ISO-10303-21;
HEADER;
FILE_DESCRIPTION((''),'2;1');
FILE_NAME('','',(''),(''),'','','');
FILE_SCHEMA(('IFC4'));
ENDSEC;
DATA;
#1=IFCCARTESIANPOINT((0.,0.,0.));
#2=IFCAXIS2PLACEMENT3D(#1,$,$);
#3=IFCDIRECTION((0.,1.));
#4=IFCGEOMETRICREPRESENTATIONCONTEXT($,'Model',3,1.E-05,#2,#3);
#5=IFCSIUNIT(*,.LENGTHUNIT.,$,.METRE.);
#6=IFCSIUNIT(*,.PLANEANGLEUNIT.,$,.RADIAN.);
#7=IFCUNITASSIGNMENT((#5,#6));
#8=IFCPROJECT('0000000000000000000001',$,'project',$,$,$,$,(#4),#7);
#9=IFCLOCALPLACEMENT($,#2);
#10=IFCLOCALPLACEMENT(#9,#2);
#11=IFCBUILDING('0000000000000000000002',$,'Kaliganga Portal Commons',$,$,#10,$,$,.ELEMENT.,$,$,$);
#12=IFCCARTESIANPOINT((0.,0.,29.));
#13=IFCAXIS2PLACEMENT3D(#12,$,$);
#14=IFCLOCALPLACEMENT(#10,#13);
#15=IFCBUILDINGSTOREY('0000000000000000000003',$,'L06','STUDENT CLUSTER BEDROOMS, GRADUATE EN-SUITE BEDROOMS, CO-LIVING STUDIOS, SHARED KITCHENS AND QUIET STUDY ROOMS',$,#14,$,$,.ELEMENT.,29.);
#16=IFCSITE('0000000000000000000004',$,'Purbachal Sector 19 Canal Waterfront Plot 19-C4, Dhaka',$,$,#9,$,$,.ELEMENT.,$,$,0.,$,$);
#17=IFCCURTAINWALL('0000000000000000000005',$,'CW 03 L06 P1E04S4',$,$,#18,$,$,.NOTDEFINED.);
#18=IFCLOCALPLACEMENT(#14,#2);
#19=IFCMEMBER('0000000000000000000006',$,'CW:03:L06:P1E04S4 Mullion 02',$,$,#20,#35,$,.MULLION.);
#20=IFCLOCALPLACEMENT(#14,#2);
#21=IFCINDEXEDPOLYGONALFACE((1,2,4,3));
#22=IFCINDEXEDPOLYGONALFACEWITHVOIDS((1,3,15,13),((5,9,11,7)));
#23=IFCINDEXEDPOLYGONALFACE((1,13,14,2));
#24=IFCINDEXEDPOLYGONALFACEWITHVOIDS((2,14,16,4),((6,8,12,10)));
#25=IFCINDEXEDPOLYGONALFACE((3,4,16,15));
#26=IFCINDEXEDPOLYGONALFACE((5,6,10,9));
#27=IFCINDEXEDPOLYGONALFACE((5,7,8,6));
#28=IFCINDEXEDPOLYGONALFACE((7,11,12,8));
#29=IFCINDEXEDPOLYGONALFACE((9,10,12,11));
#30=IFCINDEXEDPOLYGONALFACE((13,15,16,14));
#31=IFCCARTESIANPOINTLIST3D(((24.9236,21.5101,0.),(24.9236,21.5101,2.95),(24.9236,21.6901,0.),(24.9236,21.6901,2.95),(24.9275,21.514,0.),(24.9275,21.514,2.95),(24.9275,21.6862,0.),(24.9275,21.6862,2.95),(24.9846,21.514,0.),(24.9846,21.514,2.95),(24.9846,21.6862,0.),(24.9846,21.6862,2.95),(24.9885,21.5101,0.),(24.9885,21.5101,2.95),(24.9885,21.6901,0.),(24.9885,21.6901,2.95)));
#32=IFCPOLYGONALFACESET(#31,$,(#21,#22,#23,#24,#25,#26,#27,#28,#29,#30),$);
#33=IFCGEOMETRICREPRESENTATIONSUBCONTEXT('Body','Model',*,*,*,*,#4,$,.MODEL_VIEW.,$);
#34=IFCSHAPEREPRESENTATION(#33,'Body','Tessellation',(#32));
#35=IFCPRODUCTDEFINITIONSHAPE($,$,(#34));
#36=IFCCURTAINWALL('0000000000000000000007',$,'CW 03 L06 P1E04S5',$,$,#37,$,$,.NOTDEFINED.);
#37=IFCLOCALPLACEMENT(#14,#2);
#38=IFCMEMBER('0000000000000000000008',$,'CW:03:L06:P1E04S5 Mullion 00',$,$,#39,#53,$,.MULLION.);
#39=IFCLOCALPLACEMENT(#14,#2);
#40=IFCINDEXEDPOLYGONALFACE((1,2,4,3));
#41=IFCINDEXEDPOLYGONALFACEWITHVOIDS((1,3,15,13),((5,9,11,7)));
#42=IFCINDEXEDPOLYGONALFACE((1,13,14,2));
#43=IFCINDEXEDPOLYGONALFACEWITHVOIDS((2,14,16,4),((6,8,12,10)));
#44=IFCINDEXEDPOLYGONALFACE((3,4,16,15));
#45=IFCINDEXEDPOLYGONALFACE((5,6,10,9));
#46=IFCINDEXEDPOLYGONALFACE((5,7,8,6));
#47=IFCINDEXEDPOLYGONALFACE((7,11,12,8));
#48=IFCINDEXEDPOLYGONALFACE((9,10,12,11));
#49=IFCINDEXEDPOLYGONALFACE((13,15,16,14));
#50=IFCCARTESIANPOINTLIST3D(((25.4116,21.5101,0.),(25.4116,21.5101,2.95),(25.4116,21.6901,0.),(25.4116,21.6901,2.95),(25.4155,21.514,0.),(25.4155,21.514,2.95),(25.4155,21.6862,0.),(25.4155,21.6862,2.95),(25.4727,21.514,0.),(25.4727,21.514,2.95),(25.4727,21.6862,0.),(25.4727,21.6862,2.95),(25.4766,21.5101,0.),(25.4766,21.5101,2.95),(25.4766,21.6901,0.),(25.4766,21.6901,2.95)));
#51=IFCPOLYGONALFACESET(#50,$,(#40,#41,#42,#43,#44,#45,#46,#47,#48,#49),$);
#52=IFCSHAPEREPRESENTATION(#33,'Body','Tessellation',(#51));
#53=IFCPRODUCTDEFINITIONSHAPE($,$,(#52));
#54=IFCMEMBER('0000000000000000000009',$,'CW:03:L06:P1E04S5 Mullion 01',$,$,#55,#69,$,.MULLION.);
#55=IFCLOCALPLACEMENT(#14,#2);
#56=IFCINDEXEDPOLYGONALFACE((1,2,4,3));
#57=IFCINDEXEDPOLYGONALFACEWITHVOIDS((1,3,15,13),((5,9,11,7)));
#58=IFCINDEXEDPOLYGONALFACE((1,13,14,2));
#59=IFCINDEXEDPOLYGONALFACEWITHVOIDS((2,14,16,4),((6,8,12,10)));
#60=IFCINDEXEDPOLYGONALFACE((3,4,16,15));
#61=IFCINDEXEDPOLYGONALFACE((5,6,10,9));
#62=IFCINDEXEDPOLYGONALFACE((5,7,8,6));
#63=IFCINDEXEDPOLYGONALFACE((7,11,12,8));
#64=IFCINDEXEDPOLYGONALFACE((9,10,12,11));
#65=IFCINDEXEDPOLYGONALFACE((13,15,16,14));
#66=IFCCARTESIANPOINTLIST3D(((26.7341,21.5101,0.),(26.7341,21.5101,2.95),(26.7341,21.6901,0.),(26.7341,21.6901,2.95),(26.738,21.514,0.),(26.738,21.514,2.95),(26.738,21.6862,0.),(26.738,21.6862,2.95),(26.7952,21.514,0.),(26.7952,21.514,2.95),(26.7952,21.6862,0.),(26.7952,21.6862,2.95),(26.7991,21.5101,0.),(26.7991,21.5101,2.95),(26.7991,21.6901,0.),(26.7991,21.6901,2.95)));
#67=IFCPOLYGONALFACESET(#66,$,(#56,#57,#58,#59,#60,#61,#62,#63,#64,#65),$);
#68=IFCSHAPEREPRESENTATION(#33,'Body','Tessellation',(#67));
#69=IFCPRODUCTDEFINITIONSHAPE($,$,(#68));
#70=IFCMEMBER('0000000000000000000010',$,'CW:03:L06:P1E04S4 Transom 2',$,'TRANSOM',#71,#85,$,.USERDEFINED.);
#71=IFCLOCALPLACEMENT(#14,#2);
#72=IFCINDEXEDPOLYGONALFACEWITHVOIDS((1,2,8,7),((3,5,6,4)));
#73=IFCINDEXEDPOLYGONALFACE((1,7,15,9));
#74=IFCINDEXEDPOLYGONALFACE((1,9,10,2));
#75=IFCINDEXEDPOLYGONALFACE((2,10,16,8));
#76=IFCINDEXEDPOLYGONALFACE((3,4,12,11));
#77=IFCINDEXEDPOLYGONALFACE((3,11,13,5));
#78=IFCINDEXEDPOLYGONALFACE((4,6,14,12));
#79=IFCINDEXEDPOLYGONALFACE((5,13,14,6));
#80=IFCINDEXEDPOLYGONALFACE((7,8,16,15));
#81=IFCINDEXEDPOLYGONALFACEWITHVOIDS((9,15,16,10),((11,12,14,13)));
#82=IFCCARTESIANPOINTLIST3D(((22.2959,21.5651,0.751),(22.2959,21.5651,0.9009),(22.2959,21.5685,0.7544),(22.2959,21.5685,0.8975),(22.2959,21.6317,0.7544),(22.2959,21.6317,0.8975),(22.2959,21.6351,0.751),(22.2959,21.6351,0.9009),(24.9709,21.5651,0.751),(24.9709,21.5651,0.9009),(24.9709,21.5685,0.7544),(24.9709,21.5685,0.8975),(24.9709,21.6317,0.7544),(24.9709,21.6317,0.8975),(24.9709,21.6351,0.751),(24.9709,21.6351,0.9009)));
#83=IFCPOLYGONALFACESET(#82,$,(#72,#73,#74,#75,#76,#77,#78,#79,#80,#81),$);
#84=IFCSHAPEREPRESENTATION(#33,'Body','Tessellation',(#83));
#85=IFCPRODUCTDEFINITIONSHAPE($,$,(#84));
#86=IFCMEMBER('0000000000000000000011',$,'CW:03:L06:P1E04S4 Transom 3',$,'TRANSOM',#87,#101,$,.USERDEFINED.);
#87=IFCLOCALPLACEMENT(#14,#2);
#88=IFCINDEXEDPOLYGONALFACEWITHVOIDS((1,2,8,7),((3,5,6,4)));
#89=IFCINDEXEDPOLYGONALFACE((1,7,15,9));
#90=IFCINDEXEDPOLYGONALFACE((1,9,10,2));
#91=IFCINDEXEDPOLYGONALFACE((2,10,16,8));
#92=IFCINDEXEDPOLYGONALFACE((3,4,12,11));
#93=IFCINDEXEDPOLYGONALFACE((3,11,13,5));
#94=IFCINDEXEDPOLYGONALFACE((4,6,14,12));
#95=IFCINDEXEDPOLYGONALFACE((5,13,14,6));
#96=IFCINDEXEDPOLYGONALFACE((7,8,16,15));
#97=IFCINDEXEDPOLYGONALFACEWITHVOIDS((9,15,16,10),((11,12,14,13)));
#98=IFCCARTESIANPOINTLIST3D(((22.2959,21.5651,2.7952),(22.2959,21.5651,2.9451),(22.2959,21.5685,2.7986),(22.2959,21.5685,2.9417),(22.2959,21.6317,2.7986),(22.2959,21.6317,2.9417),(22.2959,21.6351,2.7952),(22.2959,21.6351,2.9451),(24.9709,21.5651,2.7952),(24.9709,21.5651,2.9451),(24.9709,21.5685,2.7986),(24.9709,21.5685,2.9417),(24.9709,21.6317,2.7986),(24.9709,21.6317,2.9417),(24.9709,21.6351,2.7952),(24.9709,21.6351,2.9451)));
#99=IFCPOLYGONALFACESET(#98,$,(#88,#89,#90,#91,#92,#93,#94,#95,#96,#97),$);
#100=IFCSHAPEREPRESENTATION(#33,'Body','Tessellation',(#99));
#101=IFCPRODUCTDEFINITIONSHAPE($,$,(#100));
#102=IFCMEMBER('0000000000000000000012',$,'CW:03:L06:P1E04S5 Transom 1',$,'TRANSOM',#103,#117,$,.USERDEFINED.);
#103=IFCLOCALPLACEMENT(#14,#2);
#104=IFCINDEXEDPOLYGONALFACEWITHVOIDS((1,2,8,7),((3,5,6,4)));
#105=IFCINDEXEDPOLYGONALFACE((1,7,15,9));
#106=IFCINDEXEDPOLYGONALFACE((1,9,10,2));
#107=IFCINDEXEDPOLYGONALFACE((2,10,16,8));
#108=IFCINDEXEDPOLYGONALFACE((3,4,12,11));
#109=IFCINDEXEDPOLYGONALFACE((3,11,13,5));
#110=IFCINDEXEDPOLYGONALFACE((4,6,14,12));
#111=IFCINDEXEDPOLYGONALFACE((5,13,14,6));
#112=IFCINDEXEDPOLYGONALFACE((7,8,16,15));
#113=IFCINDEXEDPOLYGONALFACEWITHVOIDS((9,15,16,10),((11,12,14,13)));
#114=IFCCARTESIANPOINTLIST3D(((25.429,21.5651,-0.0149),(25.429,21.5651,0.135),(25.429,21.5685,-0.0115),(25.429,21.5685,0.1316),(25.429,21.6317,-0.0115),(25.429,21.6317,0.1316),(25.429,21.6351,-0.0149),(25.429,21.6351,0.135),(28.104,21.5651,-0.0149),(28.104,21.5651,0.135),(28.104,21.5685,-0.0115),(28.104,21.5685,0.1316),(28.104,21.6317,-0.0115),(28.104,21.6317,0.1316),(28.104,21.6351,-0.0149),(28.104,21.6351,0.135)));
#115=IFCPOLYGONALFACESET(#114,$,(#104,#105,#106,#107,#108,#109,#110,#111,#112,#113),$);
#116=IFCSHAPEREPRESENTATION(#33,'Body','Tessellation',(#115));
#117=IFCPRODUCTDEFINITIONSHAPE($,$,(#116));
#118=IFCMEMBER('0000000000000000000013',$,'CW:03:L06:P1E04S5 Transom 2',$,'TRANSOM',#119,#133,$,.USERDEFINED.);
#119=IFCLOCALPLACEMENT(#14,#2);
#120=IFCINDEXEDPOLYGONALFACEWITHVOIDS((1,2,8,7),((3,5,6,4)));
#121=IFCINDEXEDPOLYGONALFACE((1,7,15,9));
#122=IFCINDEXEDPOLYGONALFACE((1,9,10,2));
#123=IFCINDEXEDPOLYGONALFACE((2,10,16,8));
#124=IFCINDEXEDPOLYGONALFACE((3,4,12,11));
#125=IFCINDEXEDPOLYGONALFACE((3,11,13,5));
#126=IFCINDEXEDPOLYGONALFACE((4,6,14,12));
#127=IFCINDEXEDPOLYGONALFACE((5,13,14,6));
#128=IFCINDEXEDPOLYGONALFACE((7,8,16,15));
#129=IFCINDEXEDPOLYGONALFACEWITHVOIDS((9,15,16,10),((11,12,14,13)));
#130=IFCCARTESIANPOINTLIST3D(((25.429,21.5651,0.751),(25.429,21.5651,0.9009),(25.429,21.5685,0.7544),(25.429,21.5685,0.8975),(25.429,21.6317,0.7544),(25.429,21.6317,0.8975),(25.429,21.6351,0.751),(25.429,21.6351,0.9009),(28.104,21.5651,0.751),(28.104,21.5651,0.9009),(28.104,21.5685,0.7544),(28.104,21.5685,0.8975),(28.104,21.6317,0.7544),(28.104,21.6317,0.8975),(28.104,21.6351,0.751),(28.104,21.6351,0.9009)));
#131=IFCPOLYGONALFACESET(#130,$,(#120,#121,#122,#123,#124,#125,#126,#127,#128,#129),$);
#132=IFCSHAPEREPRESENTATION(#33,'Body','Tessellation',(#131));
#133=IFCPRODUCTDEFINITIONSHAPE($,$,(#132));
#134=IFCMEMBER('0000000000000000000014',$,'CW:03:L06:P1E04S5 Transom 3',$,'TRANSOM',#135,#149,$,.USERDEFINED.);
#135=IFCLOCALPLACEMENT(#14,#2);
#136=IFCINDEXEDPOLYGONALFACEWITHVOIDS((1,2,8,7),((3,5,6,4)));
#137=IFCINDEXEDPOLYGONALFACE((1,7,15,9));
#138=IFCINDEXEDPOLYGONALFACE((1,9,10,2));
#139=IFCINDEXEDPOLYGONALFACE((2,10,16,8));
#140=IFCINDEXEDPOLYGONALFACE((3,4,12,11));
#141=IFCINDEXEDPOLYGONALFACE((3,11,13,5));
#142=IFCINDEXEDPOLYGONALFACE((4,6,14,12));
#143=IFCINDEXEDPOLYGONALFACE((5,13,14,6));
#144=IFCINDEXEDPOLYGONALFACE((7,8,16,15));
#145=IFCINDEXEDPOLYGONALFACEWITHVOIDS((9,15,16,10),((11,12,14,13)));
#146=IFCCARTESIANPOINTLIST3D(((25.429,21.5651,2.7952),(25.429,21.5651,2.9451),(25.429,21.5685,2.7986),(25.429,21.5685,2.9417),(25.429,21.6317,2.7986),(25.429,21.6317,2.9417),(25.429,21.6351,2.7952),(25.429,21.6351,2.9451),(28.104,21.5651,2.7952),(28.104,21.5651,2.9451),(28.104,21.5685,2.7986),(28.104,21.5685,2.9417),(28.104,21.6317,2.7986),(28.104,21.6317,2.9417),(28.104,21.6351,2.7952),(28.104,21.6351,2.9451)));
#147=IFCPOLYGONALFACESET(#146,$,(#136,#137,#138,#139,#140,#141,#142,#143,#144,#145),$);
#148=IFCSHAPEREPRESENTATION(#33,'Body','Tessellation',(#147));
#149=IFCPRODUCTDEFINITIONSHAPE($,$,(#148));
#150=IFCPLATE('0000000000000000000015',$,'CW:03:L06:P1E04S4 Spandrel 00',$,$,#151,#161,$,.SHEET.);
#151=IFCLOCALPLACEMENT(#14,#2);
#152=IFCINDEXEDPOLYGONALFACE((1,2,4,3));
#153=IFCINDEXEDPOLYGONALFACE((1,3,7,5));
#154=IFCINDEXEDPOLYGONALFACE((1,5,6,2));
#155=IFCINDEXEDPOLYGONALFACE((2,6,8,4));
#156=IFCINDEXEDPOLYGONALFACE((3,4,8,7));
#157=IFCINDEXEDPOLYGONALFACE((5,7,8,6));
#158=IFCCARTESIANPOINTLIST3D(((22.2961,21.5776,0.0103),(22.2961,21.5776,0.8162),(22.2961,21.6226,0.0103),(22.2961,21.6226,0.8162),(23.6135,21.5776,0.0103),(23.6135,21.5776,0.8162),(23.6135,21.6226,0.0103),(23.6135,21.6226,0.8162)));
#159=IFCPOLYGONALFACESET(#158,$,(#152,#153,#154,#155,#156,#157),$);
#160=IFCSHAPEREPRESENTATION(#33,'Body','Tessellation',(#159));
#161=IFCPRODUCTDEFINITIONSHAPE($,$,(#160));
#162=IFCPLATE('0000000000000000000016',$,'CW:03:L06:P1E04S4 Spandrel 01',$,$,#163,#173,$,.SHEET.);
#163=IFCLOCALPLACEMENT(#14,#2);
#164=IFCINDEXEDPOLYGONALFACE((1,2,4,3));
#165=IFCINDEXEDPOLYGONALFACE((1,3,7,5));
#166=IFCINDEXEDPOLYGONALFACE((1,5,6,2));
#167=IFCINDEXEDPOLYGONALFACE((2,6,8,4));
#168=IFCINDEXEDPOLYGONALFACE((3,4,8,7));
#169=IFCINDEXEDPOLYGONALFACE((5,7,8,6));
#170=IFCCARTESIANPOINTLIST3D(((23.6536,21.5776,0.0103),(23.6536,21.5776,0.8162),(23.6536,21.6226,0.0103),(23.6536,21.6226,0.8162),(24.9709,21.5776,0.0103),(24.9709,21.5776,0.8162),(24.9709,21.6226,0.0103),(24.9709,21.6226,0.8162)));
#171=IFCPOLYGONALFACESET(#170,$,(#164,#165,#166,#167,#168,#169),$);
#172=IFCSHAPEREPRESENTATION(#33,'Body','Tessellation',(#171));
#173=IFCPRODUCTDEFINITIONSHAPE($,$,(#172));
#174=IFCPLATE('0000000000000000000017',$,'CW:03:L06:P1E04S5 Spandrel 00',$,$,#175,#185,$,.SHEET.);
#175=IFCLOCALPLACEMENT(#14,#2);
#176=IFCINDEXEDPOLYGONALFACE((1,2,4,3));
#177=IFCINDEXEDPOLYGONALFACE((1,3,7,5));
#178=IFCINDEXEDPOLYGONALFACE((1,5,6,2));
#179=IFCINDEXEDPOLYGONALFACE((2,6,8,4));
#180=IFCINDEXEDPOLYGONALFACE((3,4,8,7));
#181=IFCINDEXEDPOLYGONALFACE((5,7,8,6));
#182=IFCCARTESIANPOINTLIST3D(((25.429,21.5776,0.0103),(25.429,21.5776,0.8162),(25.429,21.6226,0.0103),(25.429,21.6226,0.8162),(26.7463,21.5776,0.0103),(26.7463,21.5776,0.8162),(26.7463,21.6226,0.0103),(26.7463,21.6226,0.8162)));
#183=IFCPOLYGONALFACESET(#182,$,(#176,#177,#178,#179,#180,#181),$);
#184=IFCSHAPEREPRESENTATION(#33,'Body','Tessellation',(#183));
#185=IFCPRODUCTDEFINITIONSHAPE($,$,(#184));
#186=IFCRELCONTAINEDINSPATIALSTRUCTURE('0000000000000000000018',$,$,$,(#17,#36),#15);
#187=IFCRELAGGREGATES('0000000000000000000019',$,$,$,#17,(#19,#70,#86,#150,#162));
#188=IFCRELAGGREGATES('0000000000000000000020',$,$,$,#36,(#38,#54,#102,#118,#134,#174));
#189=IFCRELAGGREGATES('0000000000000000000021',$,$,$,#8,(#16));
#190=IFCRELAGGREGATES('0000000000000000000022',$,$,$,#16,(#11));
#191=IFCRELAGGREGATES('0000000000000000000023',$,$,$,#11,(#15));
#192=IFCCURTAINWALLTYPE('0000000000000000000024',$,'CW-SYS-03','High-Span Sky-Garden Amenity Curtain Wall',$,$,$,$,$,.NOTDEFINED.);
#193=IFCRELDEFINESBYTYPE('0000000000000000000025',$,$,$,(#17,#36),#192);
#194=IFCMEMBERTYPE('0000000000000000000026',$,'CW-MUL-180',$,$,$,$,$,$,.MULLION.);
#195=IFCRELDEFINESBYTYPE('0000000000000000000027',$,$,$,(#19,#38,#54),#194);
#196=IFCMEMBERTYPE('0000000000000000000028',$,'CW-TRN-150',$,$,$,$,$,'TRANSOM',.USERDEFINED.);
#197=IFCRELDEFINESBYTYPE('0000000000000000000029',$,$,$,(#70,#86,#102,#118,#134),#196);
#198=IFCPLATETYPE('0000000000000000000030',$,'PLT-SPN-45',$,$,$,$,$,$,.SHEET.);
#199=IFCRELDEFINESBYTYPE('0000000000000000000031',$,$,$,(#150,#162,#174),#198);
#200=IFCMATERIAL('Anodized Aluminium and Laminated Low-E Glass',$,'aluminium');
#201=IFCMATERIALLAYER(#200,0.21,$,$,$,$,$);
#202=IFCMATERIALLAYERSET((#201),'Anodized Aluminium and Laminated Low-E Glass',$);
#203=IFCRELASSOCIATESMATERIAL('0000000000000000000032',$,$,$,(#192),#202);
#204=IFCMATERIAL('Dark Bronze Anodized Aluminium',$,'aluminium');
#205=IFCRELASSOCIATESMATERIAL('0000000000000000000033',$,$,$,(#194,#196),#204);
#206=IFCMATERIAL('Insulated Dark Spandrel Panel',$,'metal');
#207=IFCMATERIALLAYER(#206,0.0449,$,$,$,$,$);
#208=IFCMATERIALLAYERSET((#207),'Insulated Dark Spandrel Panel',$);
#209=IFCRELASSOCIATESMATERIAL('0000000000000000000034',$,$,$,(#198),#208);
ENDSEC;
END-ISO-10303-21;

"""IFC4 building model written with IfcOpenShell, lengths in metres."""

from ifc_helpers import new_model, si_unit, direction, frame, origin, origin_2d, place, context, subcontext, project, spatial, rectangle, hollow_rectangle, extrude, source, transform, mapped, material, layer, layer_set, material_profile, profile_set, type_object, element, aggregate, save


model = new_model("IFC4")

# Units and contexts
model_context = context("Model", 3, precision=1e-05, world=origin(), true_north=direction((0.0, 1.0)))
body_context = subcontext(model_context, "Body", "Model", "MODEL_VIEW")
ifc_project = project(units=[si_unit("LENGTHUNIT", "METRE"), si_unit("PLANEANGLEUNIT", "RADIAN")], contexts=[model_context])

# Site, building, storey
site_placement = place(None, origin())
site = spatial("IfcSite", under=ifc_project, at=site_placement, Name="Purbachal Sector 19 Canal Waterfront Plot 19-C4, Dhaka", CompositionType="ELEMENT", RefElevation=0.0)
building_placement = place(site_placement, origin())
building = spatial("IfcBuilding", under=site, at=building_placement, Name="Kaliganga Portal Commons", CompositionType="ELEMENT")
storey_placement = place(building_placement, frame((0.0, 0.0, 29.0)))
storey = spatial("IfcBuildingStorey", under=building, at=storey_placement, Name="L06", Description="STUDENT CLUSTER BEDROOMS, GRADUATE EN-SUITE BEDROOMS, CO-LIVING STUDIOS, SHARED KITCHENS AND QUIET STUDY ROOMS", CompositionType="ELEMENT", Elevation=29.0)

# Curtain walls, members
ifc_material_1 = material(Name="Anodized Aluminium and Laminated Low-E Glass", Category="aluminium")
ifc_layer_1 = layer(ifc_material_1, 0.21)
ifc_layer_set_1 = layer_set([ifc_layer_1], Name="Anodized Aluminium and Laminated Low-E Glass")
curtain_wall_type = type_object("IfcCurtainWallType", Name="CW-SYS-03", Description="High-Span Sky-Garden Amenity Curtain Wall", PredefinedType="NOTDEFINED", material=ifc_layer_set_1)
curtain_wall_1_placement = place(storey_placement, origin())
curtain_wall_1 = element("IfcCurtainWall", 1, at=curtain_wall_1_placement, inside=storey, type_object=curtain_wall_type, Name="CW 03 L06 P1E04S4", PredefinedType="NOTDEFINED")
ifc_material_2 = material(Name="Dark Bronze Anodized Aluminium", Category="aluminium")
ifc_material_profile_1 = material_profile(ifc_material_2, hollow_rectangle(XDim=0.0649, YDim=0.1799, WallThickness=0.0039, at=origin_2d()), Name="ALU MULL 65x180x4")
ifc_profile_set_1 = profile_set([ifc_material_profile_1], Name="Dark Bronze Anodized Aluminium")
member_type_1 = type_object("IfcMemberType", Name="CW-MUL-180", PredefinedType="MULLION", material=ifc_profile_set_1)
shared_shape_1 = source(origin(), body_context, "Body", "SweptSolid", [
    extrude(hollow_rectangle(XDim=0.0649, YDim=0.1799, WallThickness=0.0039, at=origin_2d()), origin(), (0.0, 0.0, 1.0), 2.95),
])
member_1_placement = place(storey_placement, frame((24.9561, 21.6001, 0.0), z_axis=(0.0, 0.0, 1.0), x_axis=(1.0, 0.0, 0.0)))
member_1 = element("IfcMember", 2, at=member_1_placement, type_object=member_type_1, Name="CW:03:L06:P1E04S4 Mullion 02", PredefinedType="MULLION", context=body_context, shape_type="MappedRepresentation", body=[
    mapped(shared_shape_1, transform((0.0, 0.0, 0.0), x_axis=(1.0, 0.0, 0.0), y_axis=(0.0, 1.0, 0.0), z_axis=(0.0, 0.0, 1.0), scale=1.0)),
])
curtain_wall_2_placement = place(storey_placement, origin())
curtain_wall_2 = element("IfcCurtainWall", 3, at=curtain_wall_2_placement, inside=storey, type_object=curtain_wall_type, Name="CW 03 L06 P1E04S5", PredefinedType="NOTDEFINED")
member_2_placement = place(storey_placement, frame((25.4441, 21.6001, 0.0), z_axis=(0.0, 0.0, 1.0), x_axis=(1.0, 0.0, 0.0)))
member_2 = element("IfcMember", 4, at=member_2_placement, type_object=member_type_1, Name="CW:03:L06:P1E04S5 Mullion 00", PredefinedType="MULLION", context=body_context, shape_type="MappedRepresentation", body=[
    mapped(shared_shape_1, transform((0.0, 0.0, 0.0), x_axis=(1.0, 0.0, 0.0), y_axis=(0.0, 1.0, 0.0), z_axis=(0.0, 0.0, 1.0), scale=1.0)),
])
member_3_placement = place(storey_placement, frame((26.7666, 21.6001, 0.0), z_axis=(0.0, 0.0, 1.0), x_axis=(1.0, 0.0, 0.0)))
member_3 = element("IfcMember", 5, at=member_3_placement, type_object=member_type_1, Name="CW:03:L06:P1E04S5 Mullion 01", PredefinedType="MULLION", context=body_context, shape_type="MappedRepresentation", body=[
    mapped(shared_shape_1, transform((0.0, 0.0, 0.0), x_axis=(1.0, 0.0, 0.0), y_axis=(0.0, 1.0, 0.0), z_axis=(0.0, 0.0, 1.0), scale=1.0)),
])

# Members
ifc_material_profile_2 = material_profile(ifc_material_2, hollow_rectangle(XDim=0.0701, YDim=0.1499, WallThickness=0.0034, at=origin_2d()), Name="ALU TRAN 70x150x3.5")
ifc_profile_set_2 = profile_set([ifc_material_profile_2], Name="Dark Bronze Anodized Aluminium")
member_type_2 = type_object("IfcMemberType", Name="CW-TRN-150", ElementType="TRANSOM", PredefinedType="USERDEFINED", material=ifc_profile_set_2)
shared_shape_2 = source(origin(), body_context, "Body", "SweptSolid", [
    extrude(hollow_rectangle(XDim=0.0701, YDim=0.1499, WallThickness=0.0034, at=origin_2d()), origin(), (0.0, 0.0, 1.0), 2.675),
])
member_4_placement = place(storey_placement, frame((22.2959, 21.6001, 0.8259), z_axis=(1.0, 0.0, 0.0), x_axis=(0.0, 1.0, 0.0)))
member_4 = element("IfcMember", 6, at=member_4_placement, type_object=member_type_2, Name="CW:03:L06:P1E04S4 Transom 2", ObjectType="TRANSOM", PredefinedType="USERDEFINED", context=body_context, shape_type="MappedRepresentation", body=[
    mapped(shared_shape_2, transform((0.0, 0.0, 0.0), x_axis=(1.0, 0.0, 0.0), y_axis=(0.0, 1.0, 0.0), z_axis=(0.0, 0.0, 1.0), scale=1.0)),
])
member_5_placement = place(storey_placement, frame((22.2959, 21.6001, 2.8701), z_axis=(1.0, 0.0, 0.0), x_axis=(0.0, 1.0, 0.0)))
member_5 = element("IfcMember", 7, at=member_5_placement, type_object=member_type_2, Name="CW:03:L06:P1E04S4 Transom 3", ObjectType="TRANSOM", PredefinedType="USERDEFINED", context=body_context, shape_type="MappedRepresentation", body=[
    mapped(shared_shape_2, transform((0.0, 0.0, 0.0), x_axis=(1.0, 0.0, 0.0), y_axis=(0.0, 1.0, 0.0), z_axis=(0.0, 0.0, 1.0), scale=1.0)),
])
member_6_placement = place(storey_placement, frame((25.429, 21.6001, 0.0601), z_axis=(1.0, 0.0, 0.0), x_axis=(0.0, 1.0, 0.0)))
member_6 = element("IfcMember", 8, at=member_6_placement, type_object=member_type_2, Name="CW:03:L06:P1E04S5 Transom 1", ObjectType="TRANSOM", PredefinedType="USERDEFINED", context=body_context, shape_type="MappedRepresentation", body=[
    mapped(shared_shape_2, transform((0.0, 0.0, 0.0), x_axis=(1.0, 0.0, 0.0), y_axis=(0.0, 1.0, 0.0), z_axis=(0.0, 0.0, 1.0), scale=1.0)),
])
member_7_placement = place(storey_placement, frame((25.429, 21.6001, 0.8259), z_axis=(1.0, 0.0, 0.0), x_axis=(0.0, 1.0, 0.0)))
member_7 = element("IfcMember", 9, at=member_7_placement, type_object=member_type_2, Name="CW:03:L06:P1E04S5 Transom 2", ObjectType="TRANSOM", PredefinedType="USERDEFINED", context=body_context, shape_type="MappedRepresentation", body=[
    mapped(shared_shape_2, transform((0.0, 0.0, 0.0), x_axis=(1.0, 0.0, 0.0), y_axis=(0.0, 1.0, 0.0), z_axis=(0.0, 0.0, 1.0), scale=1.0)),
])
member_8_placement = place(storey_placement, frame((25.429, 21.6001, 2.8701), z_axis=(1.0, 0.0, 0.0), x_axis=(0.0, 1.0, 0.0)))
member_8 = element("IfcMember", 10, at=member_8_placement, type_object=member_type_2, Name="CW:03:L06:P1E04S5 Transom 3", ObjectType="TRANSOM", PredefinedType="USERDEFINED", context=body_context, shape_type="MappedRepresentation", body=[
    mapped(shared_shape_2, transform((0.0, 0.0, 0.0), x_axis=(1.0, 0.0, 0.0), y_axis=(0.0, 1.0, 0.0), z_axis=(0.0, 0.0, 1.0), scale=1.0)),
])

# Plates
ifc_material_3 = material(Name="Insulated Dark Spandrel Panel", Category="metal")
ifc_layer_2 = layer(ifc_material_3, 0.0449)
ifc_layer_set_2 = layer_set([ifc_layer_2], Name="Insulated Dark Spandrel Panel")
plate_type_1 = type_object("IfcPlateType", Name="PLT-SPN-45", PredefinedType="SHEET", material=ifc_layer_set_2)
shared_shape_3 = source(origin(), body_context, "Body", "SweptSolid", [
    extrude(rectangle(XDim=1.3174, YDim=0.0449, at=origin_2d()), origin(), (0.0, 0.0, 1.0), 0.8059),
])
plate_1_placement = place(storey_placement, frame((22.9548, 21.6001, 0.0103), z_axis=(0.0, 0.0, 1.0), x_axis=(1.0, 0.0, 0.0)))
plate_1 = element("IfcPlate", 11, at=plate_1_placement, type_object=plate_type_1, Name="CW:03:L06:P1E04S4 Spandrel 00", PredefinedType="SHEET", context=body_context, shape_type="MappedRepresentation", body=[
    mapped(shared_shape_3, transform((0.0, 0.0, 0.0), x_axis=(1.0, 0.0, 0.0), y_axis=(0.0, 1.0, 0.0), z_axis=(0.0, 0.0, 1.0), scale=1.0)),
])
plate_2_placement = place(storey_placement, frame((24.3123, 21.6001, 0.0103), z_axis=(0.0, 0.0, 1.0), x_axis=(1.0, 0.0, 0.0)))
plate_2 = element("IfcPlate", 12, at=plate_2_placement, type_object=plate_type_1, Name="CW:03:L06:P1E04S4 Spandrel 01", PredefinedType="SHEET", context=body_context, shape_type="MappedRepresentation", body=[
    mapped(shared_shape_3, transform((0.0, 0.0, 0.0), x_axis=(1.0, 0.0, 0.0), y_axis=(0.0, 1.0, 0.0), z_axis=(0.0, 0.0, 1.0), scale=1.0)),
])
plate_3_placement = place(storey_placement, frame((26.0876, 21.6001, 0.0103), z_axis=(0.0, 0.0, 1.0), x_axis=(1.0, 0.0, 0.0)))
plate_3 = element("IfcPlate", 13, at=plate_3_placement, type_object=plate_type_1, Name="CW:03:L06:P1E04S5 Spandrel 00", PredefinedType="SHEET", context=body_context, shape_type="MappedRepresentation", body=[
    mapped(shared_shape_3, transform((0.0, 0.0, 0.0), x_axis=(1.0, 0.0, 0.0), y_axis=(0.0, 1.0, 0.0), z_axis=(0.0, 0.0, 1.0), scale=1.0)),
])
aggregate(curtain_wall_1, [member_1, member_4, member_5, plate_1, plate_2])
aggregate(curtain_wall_2, [member_2, member_3, member_6, member_7, member_8, plate_3])

save(model, "model.ifc")
